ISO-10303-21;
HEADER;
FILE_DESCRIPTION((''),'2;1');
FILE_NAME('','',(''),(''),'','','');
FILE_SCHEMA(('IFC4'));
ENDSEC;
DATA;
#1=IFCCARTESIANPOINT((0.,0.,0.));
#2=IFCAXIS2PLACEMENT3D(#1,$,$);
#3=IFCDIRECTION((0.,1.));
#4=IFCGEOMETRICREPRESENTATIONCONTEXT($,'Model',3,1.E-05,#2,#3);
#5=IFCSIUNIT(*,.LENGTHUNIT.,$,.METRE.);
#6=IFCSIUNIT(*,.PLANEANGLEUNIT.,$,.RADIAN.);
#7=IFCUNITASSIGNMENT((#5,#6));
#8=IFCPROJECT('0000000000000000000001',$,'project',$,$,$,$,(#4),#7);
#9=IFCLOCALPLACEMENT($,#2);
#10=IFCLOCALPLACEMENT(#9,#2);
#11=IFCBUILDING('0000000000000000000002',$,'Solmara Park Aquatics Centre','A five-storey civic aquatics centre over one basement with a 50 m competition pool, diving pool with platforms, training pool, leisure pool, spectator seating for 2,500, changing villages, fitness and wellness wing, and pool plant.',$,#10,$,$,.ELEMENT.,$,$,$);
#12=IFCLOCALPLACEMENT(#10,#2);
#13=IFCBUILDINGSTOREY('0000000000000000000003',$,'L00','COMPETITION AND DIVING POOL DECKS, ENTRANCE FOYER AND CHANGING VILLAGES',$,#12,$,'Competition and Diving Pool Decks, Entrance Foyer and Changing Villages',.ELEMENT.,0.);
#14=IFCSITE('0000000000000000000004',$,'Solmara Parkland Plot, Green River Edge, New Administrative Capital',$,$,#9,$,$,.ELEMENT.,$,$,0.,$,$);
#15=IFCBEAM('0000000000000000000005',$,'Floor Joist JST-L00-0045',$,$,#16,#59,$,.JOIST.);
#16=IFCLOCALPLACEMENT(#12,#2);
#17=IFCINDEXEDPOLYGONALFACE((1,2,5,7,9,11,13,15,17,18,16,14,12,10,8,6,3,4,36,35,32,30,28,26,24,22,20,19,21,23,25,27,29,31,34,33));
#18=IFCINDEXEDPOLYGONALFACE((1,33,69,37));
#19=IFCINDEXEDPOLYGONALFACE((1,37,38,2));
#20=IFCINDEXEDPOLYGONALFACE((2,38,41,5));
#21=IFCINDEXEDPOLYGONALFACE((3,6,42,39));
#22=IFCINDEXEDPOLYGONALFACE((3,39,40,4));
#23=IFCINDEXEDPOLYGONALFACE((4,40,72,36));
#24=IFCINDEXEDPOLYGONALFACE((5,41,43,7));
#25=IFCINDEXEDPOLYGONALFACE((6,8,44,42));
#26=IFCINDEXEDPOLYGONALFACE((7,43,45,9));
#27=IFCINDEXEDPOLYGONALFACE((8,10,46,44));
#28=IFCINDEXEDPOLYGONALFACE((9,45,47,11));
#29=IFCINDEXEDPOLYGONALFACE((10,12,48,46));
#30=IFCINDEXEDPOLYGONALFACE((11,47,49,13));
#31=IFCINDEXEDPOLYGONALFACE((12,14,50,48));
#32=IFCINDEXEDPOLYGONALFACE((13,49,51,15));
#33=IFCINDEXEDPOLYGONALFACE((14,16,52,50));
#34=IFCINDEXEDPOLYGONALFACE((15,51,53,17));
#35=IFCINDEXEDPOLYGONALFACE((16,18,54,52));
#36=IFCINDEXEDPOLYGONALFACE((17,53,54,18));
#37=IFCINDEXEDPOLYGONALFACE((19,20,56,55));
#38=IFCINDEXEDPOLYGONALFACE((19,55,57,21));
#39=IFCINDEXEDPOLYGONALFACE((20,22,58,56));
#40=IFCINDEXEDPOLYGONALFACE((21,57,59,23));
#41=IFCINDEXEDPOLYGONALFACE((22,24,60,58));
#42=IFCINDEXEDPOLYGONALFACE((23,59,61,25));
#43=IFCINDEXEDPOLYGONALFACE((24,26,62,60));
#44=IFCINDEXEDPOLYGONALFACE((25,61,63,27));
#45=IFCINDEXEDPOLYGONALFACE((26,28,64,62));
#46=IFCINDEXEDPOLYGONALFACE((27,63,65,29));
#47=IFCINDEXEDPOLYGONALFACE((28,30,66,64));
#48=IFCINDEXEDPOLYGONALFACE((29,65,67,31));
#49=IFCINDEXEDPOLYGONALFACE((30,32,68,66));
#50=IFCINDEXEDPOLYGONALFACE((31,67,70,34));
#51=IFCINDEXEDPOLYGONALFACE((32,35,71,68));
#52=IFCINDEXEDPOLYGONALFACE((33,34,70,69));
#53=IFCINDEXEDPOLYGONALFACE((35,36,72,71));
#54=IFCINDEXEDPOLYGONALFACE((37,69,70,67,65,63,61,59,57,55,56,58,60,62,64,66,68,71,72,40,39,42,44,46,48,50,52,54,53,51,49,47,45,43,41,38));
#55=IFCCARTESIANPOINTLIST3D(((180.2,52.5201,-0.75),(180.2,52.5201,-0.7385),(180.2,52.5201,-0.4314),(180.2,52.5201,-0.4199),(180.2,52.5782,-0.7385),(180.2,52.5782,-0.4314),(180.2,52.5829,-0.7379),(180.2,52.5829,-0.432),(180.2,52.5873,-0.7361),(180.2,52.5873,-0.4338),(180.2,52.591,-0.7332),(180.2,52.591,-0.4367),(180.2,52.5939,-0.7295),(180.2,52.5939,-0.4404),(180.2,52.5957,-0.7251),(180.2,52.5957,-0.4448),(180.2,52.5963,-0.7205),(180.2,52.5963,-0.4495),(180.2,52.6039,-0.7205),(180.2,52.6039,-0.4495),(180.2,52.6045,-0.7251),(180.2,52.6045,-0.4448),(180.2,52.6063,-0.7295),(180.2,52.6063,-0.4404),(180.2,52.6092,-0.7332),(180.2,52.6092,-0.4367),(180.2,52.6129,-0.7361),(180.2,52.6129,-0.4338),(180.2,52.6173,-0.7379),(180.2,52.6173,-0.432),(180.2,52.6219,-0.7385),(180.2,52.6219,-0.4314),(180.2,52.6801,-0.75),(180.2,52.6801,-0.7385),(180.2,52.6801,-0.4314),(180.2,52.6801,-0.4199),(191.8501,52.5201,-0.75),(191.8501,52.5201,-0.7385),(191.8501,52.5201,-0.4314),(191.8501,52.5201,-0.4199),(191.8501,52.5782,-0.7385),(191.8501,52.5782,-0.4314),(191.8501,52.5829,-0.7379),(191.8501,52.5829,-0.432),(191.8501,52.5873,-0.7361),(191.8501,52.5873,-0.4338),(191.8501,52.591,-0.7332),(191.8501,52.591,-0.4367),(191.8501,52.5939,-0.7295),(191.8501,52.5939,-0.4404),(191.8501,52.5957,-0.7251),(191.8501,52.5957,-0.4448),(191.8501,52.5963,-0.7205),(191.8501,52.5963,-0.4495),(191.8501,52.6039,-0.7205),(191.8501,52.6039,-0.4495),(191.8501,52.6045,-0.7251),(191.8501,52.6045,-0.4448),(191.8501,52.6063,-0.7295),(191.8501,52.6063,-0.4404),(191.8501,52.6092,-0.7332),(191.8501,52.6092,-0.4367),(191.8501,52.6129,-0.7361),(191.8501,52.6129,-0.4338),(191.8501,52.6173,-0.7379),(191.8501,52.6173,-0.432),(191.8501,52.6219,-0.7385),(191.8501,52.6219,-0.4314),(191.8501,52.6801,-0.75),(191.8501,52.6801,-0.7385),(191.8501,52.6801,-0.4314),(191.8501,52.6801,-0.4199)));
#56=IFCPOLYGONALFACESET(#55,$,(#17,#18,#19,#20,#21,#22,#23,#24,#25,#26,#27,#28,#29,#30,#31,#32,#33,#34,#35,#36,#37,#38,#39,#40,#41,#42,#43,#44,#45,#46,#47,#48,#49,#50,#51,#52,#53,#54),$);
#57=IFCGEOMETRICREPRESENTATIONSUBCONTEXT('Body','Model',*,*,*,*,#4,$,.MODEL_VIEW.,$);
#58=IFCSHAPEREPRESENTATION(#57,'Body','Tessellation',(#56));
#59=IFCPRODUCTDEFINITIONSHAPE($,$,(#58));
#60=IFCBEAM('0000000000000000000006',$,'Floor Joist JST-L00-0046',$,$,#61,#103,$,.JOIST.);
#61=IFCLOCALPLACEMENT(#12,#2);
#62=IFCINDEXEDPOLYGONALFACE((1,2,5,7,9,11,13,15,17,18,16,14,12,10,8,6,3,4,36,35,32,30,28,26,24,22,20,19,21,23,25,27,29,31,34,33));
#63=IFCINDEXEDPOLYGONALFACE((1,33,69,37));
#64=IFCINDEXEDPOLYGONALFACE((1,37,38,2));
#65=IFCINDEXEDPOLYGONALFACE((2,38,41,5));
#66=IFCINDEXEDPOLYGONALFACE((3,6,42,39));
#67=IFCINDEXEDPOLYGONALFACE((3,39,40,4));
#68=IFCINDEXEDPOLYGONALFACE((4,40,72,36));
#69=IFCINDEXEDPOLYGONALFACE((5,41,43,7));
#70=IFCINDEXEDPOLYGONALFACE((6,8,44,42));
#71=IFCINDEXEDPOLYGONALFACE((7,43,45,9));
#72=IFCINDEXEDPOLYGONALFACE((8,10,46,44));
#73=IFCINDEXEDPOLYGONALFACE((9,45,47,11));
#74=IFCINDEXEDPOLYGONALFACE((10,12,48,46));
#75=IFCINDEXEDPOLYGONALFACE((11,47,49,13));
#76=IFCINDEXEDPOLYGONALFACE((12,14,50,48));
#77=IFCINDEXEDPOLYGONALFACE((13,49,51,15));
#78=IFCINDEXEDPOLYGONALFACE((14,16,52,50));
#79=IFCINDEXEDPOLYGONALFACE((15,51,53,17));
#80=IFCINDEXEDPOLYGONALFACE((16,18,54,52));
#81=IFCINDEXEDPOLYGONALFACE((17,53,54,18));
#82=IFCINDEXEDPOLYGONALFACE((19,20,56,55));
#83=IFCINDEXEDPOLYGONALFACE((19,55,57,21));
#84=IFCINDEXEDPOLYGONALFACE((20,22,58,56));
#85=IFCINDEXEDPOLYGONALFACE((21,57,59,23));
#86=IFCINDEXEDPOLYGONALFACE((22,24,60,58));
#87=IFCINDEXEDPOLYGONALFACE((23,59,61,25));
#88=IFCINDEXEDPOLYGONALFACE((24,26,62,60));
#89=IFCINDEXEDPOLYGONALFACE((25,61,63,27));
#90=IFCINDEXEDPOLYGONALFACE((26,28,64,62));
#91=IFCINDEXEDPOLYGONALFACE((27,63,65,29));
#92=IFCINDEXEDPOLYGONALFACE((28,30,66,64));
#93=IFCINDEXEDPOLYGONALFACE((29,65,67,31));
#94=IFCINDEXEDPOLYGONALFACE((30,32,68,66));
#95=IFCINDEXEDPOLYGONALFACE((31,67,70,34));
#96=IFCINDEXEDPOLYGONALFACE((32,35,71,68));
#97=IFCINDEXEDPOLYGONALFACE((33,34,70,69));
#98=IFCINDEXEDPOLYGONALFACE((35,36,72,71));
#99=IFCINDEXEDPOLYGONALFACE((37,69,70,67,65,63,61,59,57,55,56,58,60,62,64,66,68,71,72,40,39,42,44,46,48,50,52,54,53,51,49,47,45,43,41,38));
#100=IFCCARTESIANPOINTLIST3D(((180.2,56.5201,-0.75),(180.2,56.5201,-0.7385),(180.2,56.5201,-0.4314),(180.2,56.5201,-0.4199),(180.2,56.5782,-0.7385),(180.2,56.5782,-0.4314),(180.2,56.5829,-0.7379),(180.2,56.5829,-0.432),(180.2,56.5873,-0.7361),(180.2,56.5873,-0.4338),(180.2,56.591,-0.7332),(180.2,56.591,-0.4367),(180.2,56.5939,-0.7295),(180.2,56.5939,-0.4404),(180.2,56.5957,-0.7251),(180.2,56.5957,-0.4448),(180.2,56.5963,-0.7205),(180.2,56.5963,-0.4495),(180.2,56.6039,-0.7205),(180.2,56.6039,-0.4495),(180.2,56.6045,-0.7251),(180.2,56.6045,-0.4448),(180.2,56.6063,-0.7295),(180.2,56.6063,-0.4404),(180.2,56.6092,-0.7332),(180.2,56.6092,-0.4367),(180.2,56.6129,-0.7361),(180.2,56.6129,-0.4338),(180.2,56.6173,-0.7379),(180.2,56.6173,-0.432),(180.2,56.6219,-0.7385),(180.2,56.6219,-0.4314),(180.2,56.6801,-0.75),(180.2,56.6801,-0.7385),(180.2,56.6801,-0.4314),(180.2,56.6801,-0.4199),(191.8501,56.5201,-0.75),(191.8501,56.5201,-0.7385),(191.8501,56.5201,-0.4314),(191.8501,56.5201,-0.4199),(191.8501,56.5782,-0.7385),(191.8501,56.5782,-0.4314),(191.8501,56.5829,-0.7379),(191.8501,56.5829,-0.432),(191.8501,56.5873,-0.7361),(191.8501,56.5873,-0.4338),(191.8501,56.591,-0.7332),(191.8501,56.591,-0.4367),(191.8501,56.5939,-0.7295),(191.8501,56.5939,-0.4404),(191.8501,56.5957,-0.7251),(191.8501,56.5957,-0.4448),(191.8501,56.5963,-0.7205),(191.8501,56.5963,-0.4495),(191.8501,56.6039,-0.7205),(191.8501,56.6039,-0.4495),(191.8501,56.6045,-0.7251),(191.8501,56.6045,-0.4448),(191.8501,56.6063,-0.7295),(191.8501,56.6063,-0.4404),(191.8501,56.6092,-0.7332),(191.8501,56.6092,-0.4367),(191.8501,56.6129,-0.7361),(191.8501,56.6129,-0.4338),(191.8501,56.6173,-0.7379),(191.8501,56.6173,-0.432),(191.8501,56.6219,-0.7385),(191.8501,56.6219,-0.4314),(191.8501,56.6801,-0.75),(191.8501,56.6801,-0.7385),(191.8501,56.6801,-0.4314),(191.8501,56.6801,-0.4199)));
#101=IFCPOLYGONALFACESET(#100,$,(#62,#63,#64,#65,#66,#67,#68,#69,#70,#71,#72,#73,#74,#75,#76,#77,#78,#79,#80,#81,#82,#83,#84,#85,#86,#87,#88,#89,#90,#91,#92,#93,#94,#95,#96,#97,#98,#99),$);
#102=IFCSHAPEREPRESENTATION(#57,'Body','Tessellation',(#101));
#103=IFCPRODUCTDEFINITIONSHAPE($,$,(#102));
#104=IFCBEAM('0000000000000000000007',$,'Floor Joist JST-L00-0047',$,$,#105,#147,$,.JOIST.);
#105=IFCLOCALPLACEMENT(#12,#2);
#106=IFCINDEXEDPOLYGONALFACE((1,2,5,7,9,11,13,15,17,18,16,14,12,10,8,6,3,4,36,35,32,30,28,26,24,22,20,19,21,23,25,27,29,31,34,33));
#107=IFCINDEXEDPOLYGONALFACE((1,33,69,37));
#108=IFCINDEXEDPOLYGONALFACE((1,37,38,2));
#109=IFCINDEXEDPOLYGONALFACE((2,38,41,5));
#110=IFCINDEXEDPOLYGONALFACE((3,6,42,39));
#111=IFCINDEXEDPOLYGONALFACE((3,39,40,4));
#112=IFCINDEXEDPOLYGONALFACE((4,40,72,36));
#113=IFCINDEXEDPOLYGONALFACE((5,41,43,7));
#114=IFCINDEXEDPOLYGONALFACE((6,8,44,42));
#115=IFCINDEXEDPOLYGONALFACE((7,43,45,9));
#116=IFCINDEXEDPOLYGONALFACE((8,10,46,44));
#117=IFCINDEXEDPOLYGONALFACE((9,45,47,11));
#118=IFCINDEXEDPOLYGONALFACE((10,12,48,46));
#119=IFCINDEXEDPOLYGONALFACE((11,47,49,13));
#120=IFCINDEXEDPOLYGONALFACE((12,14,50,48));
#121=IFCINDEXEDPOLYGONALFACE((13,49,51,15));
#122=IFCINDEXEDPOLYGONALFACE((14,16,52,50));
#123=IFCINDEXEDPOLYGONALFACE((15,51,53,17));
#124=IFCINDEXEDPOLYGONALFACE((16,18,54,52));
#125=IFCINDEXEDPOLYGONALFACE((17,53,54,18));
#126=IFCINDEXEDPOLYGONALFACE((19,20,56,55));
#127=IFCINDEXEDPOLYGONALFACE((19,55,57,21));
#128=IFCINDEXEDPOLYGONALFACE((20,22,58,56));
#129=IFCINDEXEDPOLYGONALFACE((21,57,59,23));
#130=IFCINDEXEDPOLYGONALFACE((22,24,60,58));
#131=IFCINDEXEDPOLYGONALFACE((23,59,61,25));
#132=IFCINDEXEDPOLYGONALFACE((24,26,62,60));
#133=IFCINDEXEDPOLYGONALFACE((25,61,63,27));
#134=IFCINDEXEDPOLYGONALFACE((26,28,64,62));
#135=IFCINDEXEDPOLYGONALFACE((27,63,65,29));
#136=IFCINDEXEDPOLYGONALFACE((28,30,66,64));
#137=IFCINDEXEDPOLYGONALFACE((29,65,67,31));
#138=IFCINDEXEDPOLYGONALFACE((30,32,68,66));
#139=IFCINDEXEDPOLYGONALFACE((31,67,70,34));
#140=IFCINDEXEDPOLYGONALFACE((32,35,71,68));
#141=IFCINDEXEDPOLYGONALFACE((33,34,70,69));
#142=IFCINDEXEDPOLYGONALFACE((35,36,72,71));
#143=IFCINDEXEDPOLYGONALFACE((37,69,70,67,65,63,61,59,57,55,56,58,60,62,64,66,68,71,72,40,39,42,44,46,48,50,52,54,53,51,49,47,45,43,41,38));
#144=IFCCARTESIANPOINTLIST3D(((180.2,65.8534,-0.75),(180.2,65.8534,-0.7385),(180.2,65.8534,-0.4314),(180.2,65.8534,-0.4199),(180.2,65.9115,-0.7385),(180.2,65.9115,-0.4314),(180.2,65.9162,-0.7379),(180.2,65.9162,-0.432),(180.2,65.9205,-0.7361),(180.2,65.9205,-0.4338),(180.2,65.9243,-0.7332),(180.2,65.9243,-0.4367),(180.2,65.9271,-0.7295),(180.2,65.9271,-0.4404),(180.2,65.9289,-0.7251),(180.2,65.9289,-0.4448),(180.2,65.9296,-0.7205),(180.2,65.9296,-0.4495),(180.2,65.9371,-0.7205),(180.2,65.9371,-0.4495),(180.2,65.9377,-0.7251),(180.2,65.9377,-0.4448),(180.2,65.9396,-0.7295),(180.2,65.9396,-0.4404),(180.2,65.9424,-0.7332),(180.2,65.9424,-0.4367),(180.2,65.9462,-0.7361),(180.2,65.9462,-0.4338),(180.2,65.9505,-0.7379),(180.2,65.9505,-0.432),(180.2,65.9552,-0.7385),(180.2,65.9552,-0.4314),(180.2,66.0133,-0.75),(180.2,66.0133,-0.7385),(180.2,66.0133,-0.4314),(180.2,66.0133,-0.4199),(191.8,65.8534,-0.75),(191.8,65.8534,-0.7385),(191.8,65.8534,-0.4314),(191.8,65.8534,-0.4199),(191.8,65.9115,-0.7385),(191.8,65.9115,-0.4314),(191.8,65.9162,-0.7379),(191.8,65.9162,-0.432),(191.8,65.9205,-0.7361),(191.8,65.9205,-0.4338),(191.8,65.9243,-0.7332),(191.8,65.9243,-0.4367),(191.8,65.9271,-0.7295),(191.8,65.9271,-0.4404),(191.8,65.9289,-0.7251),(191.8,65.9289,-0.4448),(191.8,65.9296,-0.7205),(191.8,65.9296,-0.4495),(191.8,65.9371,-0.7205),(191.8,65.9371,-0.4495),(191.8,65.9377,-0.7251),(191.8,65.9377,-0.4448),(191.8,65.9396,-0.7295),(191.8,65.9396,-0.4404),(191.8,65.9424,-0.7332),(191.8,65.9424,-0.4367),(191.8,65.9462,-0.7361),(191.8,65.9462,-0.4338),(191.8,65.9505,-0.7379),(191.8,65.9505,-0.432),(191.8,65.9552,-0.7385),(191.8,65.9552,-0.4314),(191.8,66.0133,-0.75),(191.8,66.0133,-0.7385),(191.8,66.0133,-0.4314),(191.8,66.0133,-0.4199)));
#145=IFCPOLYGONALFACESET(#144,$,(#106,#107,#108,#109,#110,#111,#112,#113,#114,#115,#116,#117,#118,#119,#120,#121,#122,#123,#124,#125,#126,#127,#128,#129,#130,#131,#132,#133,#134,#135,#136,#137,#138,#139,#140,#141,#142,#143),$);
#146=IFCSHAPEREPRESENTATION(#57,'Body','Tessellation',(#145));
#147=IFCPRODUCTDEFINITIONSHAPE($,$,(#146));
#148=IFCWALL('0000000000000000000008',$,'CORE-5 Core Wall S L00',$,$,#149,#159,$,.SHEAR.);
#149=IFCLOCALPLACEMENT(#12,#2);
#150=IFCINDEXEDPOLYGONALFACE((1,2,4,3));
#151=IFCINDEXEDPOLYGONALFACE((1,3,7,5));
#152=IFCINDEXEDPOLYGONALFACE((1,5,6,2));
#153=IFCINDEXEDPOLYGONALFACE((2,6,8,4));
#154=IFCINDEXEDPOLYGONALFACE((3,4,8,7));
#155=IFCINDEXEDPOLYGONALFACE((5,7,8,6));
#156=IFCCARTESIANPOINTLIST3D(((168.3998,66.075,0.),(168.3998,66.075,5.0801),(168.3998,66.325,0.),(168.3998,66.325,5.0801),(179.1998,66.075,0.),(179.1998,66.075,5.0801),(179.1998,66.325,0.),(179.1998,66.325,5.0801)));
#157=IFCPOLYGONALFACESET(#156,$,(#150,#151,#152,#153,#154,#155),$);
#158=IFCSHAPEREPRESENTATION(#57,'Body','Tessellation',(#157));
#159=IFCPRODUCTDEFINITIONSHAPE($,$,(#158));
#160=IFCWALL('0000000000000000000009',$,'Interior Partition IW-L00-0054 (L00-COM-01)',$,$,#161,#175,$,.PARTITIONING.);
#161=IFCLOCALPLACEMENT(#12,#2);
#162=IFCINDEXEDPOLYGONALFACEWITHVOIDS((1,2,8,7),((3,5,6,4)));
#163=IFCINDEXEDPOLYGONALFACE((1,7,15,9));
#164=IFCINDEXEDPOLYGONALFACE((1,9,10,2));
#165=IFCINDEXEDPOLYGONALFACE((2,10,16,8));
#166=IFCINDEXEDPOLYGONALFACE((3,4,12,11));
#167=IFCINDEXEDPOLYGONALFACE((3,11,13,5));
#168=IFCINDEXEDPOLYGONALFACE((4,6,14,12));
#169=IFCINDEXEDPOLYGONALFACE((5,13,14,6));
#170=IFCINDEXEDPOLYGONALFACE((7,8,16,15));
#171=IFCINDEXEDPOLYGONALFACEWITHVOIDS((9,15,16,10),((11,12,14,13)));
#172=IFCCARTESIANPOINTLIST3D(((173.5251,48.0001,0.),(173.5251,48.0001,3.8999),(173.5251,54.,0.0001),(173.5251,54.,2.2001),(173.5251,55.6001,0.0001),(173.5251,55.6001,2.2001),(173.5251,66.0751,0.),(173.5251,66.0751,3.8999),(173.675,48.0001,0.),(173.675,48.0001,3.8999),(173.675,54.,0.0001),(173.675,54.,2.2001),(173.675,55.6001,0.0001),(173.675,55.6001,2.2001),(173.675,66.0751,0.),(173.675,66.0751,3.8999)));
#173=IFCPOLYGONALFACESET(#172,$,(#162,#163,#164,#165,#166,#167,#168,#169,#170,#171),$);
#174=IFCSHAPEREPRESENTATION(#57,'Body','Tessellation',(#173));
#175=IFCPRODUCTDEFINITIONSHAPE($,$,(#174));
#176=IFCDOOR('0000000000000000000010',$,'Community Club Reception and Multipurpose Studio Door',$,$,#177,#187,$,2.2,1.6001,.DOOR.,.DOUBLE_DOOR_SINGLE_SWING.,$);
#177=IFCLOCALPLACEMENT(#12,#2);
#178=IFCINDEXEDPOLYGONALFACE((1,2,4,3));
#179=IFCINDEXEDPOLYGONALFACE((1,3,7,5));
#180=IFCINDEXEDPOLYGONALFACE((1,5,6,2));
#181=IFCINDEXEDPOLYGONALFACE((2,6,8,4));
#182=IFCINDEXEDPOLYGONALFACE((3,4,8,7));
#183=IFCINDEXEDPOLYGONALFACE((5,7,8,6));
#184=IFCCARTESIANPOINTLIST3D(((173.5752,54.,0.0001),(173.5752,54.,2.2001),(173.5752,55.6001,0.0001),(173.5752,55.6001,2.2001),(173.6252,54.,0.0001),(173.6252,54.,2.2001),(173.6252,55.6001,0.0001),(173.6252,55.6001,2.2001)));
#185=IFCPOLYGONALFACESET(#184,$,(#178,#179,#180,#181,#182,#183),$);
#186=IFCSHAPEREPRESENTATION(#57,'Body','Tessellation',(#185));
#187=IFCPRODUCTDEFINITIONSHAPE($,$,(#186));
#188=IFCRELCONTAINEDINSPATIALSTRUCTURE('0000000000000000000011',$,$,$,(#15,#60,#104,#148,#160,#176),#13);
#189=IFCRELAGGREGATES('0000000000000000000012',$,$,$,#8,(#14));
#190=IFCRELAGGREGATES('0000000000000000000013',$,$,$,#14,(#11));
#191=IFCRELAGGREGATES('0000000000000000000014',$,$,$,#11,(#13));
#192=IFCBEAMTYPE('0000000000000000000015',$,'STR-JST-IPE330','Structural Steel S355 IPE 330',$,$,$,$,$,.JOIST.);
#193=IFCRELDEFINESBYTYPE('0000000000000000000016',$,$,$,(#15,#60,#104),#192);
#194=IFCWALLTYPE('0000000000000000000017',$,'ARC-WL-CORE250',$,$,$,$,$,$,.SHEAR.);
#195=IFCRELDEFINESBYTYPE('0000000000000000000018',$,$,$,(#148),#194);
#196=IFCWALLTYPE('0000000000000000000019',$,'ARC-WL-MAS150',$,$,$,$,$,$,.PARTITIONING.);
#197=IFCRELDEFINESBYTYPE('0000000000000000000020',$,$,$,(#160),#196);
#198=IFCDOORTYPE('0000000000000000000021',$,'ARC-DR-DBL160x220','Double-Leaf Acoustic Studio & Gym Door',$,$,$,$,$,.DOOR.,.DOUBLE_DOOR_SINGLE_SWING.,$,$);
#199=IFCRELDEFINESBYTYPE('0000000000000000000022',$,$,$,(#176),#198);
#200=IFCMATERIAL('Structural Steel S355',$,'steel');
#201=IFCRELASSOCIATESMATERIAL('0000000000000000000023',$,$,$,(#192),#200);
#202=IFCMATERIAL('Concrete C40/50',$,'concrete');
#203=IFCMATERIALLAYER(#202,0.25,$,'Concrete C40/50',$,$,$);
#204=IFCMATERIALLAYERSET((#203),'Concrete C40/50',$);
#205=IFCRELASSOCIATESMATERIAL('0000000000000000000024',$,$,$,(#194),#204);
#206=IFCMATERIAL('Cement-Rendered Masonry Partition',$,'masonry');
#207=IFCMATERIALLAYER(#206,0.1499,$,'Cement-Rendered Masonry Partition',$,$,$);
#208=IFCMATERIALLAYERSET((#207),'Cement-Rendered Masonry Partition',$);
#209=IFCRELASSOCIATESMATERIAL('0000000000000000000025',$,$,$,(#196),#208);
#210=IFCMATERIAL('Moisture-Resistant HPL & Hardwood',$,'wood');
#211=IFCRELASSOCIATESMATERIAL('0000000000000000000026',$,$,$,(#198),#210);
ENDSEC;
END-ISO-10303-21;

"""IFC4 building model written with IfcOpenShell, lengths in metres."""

from ifc_helpers import new_model, si_unit, direction, frame, frame_2d, origin, origin_2d, place, context, subcontext, project, spatial, rectangle, i_section, extrude, material, layer, layer_set, material_profile, profile_set, type_object, element, fill, save


model = new_model("IFC4")

# Units and contexts
model_context = context("Model", 3, precision=1e-05, world=origin(), true_north=direction((0.0, 1.0)))
body_context = subcontext(model_context, "Body", "Model", "MODEL_VIEW")
ifc_project = project(units=[si_unit("LENGTHUNIT", "METRE"), si_unit("PLANEANGLEUNIT", "RADIAN")], contexts=[model_context])

# Site, building, storey
site_placement = place(None, origin())
site = spatial("IfcSite", under=ifc_project, at=site_placement, Name="Solmara Parkland Plot, Green River Edge, New Administrative Capital", CompositionType="ELEMENT", RefElevation=0.0)
building_placement = place(site_placement, origin())
building = spatial("IfcBuilding", under=site, at=building_placement, Name="Solmara Park Aquatics Centre", Description="A five-storey civic aquatics centre over one basement with a 50 m competition pool, diving pool with platforms, training pool, leisure pool, spectator seating for 2,500, changing villages, fitness and wellness wing, and pool plant.", CompositionType="ELEMENT")
storey_placement = place(building_placement, origin())
storey = spatial("IfcBuildingStorey", under=building, at=storey_placement, Name="L00", Description="COMPETITION AND DIVING POOL DECKS, ENTRANCE FOYER AND CHANGING VILLAGES", LongName="Competition and Diving Pool Decks, Entrance Foyer and Changing Villages", CompositionType="ELEMENT", Elevation=0.0)

# Shared definitions
ifc_material_1 = material(Name="Structural Steel S355", Category="steel")
ifc_material_2 = material(Name="Concrete C40/50", Category="concrete")

# Beams
ifc_material_profile_1 = material_profile(ifc_material_1, i_section(OverallWidth=0.1599, OverallDepth=0.3301, WebThickness=0.0076, FlangeThickness=0.0115, FilletRadius=0.0181, at=origin_2d()), Name="IPE 330")
ifc_profile_set_1 = profile_set([ifc_material_profile_1], Name="Structural Steel S355")
beam_type_1 = type_object("IfcBeamType", Name="STR-JST-IPE330", Description="Structural Steel S355 IPE 330", PredefinedType="JOIST", material=ifc_profile_set_1)
for number, where, z_axis, x_axis, name in (
    (1, (180.2, 52.6001, -0.585), (1.0, 0.0, 0.0), (0.0, 1.0, 0.0), "Floor Joist JST-L00-0045"),
    (2, (180.2, 56.6001, -0.585), (1.0, 0.0, 0.0), (0.0, 1.0, 0.0), "Floor Joist JST-L00-0046"),
):
    element("IfcBeam", number, at=place(storey_placement, frame(where, z_axis=z_axis, x_axis=x_axis)), inside=storey, type_object=beam_type_1, Name=name, PredefinedType="JOIST", context=body_context, shape_type="SweptSolid", body=[
        extrude(i_section(OverallWidth=0.1599, OverallDepth=0.3301, WebThickness=0.0076, FlangeThickness=0.0115, FilletRadius=0.0181, at=origin_2d()), origin(), (0.0, 0.0, 1.0), 11.6501),
    ])
beam_1_placement = place(storey_placement, frame((180.2, 65.9333, -0.585), z_axis=(1.0, 0.0, 0.0), x_axis=(0.0, 1.0, 0.0)))
element("IfcBeam", 3, at=beam_1_placement, inside=storey, type_object=beam_type_1, Name="Floor Joist JST-L00-0047", PredefinedType="JOIST", context=body_context, shape_type="SweptSolid", body=[
    extrude(i_section(OverallWidth=0.1599, OverallDepth=0.3301, WebThickness=0.0076, FlangeThickness=0.0115, FilletRadius=0.0181, at=origin_2d()), origin(), (0.0, 0.0, 1.0), 11.6001),
])

# Wall
ifc_layer_1 = layer(ifc_material_2, 0.25, Name="Concrete C40/50")
ifc_layer_set_1 = layer_set([ifc_layer_1], Name="Concrete C40/50")
wall_type_1 = type_object("IfcWallType", Name="ARC-WL-CORE250", PredefinedType="SHEAR", material=ifc_layer_set_1)
wall_1_placement = place(storey_placement, frame((168.3999, 66.2, 0.0), z_axis=(0.0, 0.0, 1.0), x_axis=(1.0, 0.0, 0.0)))
element("IfcWall", 4, at=wall_1_placement, inside=storey, type_object=wall_type_1, Name="CORE-5 Core Wall S L00", PredefinedType="SHEAR", context=body_context, shape_type="SweptSolid", body=[
    extrude(rectangle(XDim=10.8, YDim=0.25, at=frame_2d((5.3999, 0.0))), origin(), (0.0, 0.0, 1.0), 5.0801),
])

# Wall, opening, door
ifc_material_3 = material(Name="Cement-Rendered Masonry Partition", Category="masonry")
ifc_layer_2 = layer(ifc_material_3, 0.1499, Name="Cement-Rendered Masonry Partition")
ifc_layer_set_2 = layer_set([ifc_layer_2], Name="Cement-Rendered Masonry Partition")
wall_type_2 = type_object("IfcWallType", Name="ARC-WL-MAS150", PredefinedType="PARTITIONING", material=ifc_layer_set_2)
wall_2_placement = place(storey_placement, frame((173.6001, 48.0, 0.0), z_axis=(0.0, 0.0, 1.0), x_axis=(0.0, 1.0, 0.0)))
wall_2 = element("IfcWall", 5, at=wall_2_placement, inside=storey, type_object=wall_type_2, Name="Interior Partition IW-L00-0054 (L00-COM-01)", PredefinedType="PARTITIONING", context=body_context, shape_type="SweptSolid", body=[
    extrude(rectangle(XDim=18.075, YDim=0.1499, at=frame_2d((9.0376, 0.0))), origin(), (0.0, 0.0, 1.0), 3.8999),
])
opening_1_placement = place(wall_2_placement, frame((6.0, 0.0, 0.0)))
opening_1 = element("IfcOpeningElement", 6, at=opening_1_placement, cuts=wall_2, PredefinedType="OPENING", context=body_context, shape_type="SweptSolid", body=[
    extrude(rectangle(XDim=1.6001, YDim=2.2, at=frame_2d((0.8, 1.1001))), frame((0.0, 0.085, 0.0), z_axis=(0.0, -1.0, 0.0), x_axis=(1.0, 0.0, 0.0)), (0.0, 0.0, 1.0), 0.1699),
])
ifc_material_4 = material(Name="Moisture-Resistant HPL & Hardwood", Category="wood")
door_type_1 = type_object("IfcDoorType", Name="ARC-DR-DBL160x220", Description="Double-Leaf Acoustic Studio & Gym Door", OperationType="DOUBLE_DOOR_SINGLE_SWING", PredefinedType="DOOR", material=ifc_material_4)
door_1_placement = place(opening_1_placement, origin())
door_1 = element("IfcDoor", 7, at=door_1_placement, inside=storey, type_object=door_type_1, Name="Community Club Reception and Multipurpose Studio Door", OperationType="DOUBLE_DOOR_SINGLE_SWING", OverallHeight=2.2, OverallWidth=1.6001, PredefinedType="DOOR", context=body_context, shape_type="SweptSolid", body=[
    extrude(rectangle(XDim=1.6001, YDim=2.2, at=frame_2d((0.8, 1.1001))), frame((0.0, 0.0249, 0.0), z_axis=(0.0, -1.0, 0.0), x_axis=(1.0, 0.0, 0.0)), (0.0, 0.0, 1.0), 0.05),
])
fill(opening_1, door_1)

save(model, "model.ifc")
